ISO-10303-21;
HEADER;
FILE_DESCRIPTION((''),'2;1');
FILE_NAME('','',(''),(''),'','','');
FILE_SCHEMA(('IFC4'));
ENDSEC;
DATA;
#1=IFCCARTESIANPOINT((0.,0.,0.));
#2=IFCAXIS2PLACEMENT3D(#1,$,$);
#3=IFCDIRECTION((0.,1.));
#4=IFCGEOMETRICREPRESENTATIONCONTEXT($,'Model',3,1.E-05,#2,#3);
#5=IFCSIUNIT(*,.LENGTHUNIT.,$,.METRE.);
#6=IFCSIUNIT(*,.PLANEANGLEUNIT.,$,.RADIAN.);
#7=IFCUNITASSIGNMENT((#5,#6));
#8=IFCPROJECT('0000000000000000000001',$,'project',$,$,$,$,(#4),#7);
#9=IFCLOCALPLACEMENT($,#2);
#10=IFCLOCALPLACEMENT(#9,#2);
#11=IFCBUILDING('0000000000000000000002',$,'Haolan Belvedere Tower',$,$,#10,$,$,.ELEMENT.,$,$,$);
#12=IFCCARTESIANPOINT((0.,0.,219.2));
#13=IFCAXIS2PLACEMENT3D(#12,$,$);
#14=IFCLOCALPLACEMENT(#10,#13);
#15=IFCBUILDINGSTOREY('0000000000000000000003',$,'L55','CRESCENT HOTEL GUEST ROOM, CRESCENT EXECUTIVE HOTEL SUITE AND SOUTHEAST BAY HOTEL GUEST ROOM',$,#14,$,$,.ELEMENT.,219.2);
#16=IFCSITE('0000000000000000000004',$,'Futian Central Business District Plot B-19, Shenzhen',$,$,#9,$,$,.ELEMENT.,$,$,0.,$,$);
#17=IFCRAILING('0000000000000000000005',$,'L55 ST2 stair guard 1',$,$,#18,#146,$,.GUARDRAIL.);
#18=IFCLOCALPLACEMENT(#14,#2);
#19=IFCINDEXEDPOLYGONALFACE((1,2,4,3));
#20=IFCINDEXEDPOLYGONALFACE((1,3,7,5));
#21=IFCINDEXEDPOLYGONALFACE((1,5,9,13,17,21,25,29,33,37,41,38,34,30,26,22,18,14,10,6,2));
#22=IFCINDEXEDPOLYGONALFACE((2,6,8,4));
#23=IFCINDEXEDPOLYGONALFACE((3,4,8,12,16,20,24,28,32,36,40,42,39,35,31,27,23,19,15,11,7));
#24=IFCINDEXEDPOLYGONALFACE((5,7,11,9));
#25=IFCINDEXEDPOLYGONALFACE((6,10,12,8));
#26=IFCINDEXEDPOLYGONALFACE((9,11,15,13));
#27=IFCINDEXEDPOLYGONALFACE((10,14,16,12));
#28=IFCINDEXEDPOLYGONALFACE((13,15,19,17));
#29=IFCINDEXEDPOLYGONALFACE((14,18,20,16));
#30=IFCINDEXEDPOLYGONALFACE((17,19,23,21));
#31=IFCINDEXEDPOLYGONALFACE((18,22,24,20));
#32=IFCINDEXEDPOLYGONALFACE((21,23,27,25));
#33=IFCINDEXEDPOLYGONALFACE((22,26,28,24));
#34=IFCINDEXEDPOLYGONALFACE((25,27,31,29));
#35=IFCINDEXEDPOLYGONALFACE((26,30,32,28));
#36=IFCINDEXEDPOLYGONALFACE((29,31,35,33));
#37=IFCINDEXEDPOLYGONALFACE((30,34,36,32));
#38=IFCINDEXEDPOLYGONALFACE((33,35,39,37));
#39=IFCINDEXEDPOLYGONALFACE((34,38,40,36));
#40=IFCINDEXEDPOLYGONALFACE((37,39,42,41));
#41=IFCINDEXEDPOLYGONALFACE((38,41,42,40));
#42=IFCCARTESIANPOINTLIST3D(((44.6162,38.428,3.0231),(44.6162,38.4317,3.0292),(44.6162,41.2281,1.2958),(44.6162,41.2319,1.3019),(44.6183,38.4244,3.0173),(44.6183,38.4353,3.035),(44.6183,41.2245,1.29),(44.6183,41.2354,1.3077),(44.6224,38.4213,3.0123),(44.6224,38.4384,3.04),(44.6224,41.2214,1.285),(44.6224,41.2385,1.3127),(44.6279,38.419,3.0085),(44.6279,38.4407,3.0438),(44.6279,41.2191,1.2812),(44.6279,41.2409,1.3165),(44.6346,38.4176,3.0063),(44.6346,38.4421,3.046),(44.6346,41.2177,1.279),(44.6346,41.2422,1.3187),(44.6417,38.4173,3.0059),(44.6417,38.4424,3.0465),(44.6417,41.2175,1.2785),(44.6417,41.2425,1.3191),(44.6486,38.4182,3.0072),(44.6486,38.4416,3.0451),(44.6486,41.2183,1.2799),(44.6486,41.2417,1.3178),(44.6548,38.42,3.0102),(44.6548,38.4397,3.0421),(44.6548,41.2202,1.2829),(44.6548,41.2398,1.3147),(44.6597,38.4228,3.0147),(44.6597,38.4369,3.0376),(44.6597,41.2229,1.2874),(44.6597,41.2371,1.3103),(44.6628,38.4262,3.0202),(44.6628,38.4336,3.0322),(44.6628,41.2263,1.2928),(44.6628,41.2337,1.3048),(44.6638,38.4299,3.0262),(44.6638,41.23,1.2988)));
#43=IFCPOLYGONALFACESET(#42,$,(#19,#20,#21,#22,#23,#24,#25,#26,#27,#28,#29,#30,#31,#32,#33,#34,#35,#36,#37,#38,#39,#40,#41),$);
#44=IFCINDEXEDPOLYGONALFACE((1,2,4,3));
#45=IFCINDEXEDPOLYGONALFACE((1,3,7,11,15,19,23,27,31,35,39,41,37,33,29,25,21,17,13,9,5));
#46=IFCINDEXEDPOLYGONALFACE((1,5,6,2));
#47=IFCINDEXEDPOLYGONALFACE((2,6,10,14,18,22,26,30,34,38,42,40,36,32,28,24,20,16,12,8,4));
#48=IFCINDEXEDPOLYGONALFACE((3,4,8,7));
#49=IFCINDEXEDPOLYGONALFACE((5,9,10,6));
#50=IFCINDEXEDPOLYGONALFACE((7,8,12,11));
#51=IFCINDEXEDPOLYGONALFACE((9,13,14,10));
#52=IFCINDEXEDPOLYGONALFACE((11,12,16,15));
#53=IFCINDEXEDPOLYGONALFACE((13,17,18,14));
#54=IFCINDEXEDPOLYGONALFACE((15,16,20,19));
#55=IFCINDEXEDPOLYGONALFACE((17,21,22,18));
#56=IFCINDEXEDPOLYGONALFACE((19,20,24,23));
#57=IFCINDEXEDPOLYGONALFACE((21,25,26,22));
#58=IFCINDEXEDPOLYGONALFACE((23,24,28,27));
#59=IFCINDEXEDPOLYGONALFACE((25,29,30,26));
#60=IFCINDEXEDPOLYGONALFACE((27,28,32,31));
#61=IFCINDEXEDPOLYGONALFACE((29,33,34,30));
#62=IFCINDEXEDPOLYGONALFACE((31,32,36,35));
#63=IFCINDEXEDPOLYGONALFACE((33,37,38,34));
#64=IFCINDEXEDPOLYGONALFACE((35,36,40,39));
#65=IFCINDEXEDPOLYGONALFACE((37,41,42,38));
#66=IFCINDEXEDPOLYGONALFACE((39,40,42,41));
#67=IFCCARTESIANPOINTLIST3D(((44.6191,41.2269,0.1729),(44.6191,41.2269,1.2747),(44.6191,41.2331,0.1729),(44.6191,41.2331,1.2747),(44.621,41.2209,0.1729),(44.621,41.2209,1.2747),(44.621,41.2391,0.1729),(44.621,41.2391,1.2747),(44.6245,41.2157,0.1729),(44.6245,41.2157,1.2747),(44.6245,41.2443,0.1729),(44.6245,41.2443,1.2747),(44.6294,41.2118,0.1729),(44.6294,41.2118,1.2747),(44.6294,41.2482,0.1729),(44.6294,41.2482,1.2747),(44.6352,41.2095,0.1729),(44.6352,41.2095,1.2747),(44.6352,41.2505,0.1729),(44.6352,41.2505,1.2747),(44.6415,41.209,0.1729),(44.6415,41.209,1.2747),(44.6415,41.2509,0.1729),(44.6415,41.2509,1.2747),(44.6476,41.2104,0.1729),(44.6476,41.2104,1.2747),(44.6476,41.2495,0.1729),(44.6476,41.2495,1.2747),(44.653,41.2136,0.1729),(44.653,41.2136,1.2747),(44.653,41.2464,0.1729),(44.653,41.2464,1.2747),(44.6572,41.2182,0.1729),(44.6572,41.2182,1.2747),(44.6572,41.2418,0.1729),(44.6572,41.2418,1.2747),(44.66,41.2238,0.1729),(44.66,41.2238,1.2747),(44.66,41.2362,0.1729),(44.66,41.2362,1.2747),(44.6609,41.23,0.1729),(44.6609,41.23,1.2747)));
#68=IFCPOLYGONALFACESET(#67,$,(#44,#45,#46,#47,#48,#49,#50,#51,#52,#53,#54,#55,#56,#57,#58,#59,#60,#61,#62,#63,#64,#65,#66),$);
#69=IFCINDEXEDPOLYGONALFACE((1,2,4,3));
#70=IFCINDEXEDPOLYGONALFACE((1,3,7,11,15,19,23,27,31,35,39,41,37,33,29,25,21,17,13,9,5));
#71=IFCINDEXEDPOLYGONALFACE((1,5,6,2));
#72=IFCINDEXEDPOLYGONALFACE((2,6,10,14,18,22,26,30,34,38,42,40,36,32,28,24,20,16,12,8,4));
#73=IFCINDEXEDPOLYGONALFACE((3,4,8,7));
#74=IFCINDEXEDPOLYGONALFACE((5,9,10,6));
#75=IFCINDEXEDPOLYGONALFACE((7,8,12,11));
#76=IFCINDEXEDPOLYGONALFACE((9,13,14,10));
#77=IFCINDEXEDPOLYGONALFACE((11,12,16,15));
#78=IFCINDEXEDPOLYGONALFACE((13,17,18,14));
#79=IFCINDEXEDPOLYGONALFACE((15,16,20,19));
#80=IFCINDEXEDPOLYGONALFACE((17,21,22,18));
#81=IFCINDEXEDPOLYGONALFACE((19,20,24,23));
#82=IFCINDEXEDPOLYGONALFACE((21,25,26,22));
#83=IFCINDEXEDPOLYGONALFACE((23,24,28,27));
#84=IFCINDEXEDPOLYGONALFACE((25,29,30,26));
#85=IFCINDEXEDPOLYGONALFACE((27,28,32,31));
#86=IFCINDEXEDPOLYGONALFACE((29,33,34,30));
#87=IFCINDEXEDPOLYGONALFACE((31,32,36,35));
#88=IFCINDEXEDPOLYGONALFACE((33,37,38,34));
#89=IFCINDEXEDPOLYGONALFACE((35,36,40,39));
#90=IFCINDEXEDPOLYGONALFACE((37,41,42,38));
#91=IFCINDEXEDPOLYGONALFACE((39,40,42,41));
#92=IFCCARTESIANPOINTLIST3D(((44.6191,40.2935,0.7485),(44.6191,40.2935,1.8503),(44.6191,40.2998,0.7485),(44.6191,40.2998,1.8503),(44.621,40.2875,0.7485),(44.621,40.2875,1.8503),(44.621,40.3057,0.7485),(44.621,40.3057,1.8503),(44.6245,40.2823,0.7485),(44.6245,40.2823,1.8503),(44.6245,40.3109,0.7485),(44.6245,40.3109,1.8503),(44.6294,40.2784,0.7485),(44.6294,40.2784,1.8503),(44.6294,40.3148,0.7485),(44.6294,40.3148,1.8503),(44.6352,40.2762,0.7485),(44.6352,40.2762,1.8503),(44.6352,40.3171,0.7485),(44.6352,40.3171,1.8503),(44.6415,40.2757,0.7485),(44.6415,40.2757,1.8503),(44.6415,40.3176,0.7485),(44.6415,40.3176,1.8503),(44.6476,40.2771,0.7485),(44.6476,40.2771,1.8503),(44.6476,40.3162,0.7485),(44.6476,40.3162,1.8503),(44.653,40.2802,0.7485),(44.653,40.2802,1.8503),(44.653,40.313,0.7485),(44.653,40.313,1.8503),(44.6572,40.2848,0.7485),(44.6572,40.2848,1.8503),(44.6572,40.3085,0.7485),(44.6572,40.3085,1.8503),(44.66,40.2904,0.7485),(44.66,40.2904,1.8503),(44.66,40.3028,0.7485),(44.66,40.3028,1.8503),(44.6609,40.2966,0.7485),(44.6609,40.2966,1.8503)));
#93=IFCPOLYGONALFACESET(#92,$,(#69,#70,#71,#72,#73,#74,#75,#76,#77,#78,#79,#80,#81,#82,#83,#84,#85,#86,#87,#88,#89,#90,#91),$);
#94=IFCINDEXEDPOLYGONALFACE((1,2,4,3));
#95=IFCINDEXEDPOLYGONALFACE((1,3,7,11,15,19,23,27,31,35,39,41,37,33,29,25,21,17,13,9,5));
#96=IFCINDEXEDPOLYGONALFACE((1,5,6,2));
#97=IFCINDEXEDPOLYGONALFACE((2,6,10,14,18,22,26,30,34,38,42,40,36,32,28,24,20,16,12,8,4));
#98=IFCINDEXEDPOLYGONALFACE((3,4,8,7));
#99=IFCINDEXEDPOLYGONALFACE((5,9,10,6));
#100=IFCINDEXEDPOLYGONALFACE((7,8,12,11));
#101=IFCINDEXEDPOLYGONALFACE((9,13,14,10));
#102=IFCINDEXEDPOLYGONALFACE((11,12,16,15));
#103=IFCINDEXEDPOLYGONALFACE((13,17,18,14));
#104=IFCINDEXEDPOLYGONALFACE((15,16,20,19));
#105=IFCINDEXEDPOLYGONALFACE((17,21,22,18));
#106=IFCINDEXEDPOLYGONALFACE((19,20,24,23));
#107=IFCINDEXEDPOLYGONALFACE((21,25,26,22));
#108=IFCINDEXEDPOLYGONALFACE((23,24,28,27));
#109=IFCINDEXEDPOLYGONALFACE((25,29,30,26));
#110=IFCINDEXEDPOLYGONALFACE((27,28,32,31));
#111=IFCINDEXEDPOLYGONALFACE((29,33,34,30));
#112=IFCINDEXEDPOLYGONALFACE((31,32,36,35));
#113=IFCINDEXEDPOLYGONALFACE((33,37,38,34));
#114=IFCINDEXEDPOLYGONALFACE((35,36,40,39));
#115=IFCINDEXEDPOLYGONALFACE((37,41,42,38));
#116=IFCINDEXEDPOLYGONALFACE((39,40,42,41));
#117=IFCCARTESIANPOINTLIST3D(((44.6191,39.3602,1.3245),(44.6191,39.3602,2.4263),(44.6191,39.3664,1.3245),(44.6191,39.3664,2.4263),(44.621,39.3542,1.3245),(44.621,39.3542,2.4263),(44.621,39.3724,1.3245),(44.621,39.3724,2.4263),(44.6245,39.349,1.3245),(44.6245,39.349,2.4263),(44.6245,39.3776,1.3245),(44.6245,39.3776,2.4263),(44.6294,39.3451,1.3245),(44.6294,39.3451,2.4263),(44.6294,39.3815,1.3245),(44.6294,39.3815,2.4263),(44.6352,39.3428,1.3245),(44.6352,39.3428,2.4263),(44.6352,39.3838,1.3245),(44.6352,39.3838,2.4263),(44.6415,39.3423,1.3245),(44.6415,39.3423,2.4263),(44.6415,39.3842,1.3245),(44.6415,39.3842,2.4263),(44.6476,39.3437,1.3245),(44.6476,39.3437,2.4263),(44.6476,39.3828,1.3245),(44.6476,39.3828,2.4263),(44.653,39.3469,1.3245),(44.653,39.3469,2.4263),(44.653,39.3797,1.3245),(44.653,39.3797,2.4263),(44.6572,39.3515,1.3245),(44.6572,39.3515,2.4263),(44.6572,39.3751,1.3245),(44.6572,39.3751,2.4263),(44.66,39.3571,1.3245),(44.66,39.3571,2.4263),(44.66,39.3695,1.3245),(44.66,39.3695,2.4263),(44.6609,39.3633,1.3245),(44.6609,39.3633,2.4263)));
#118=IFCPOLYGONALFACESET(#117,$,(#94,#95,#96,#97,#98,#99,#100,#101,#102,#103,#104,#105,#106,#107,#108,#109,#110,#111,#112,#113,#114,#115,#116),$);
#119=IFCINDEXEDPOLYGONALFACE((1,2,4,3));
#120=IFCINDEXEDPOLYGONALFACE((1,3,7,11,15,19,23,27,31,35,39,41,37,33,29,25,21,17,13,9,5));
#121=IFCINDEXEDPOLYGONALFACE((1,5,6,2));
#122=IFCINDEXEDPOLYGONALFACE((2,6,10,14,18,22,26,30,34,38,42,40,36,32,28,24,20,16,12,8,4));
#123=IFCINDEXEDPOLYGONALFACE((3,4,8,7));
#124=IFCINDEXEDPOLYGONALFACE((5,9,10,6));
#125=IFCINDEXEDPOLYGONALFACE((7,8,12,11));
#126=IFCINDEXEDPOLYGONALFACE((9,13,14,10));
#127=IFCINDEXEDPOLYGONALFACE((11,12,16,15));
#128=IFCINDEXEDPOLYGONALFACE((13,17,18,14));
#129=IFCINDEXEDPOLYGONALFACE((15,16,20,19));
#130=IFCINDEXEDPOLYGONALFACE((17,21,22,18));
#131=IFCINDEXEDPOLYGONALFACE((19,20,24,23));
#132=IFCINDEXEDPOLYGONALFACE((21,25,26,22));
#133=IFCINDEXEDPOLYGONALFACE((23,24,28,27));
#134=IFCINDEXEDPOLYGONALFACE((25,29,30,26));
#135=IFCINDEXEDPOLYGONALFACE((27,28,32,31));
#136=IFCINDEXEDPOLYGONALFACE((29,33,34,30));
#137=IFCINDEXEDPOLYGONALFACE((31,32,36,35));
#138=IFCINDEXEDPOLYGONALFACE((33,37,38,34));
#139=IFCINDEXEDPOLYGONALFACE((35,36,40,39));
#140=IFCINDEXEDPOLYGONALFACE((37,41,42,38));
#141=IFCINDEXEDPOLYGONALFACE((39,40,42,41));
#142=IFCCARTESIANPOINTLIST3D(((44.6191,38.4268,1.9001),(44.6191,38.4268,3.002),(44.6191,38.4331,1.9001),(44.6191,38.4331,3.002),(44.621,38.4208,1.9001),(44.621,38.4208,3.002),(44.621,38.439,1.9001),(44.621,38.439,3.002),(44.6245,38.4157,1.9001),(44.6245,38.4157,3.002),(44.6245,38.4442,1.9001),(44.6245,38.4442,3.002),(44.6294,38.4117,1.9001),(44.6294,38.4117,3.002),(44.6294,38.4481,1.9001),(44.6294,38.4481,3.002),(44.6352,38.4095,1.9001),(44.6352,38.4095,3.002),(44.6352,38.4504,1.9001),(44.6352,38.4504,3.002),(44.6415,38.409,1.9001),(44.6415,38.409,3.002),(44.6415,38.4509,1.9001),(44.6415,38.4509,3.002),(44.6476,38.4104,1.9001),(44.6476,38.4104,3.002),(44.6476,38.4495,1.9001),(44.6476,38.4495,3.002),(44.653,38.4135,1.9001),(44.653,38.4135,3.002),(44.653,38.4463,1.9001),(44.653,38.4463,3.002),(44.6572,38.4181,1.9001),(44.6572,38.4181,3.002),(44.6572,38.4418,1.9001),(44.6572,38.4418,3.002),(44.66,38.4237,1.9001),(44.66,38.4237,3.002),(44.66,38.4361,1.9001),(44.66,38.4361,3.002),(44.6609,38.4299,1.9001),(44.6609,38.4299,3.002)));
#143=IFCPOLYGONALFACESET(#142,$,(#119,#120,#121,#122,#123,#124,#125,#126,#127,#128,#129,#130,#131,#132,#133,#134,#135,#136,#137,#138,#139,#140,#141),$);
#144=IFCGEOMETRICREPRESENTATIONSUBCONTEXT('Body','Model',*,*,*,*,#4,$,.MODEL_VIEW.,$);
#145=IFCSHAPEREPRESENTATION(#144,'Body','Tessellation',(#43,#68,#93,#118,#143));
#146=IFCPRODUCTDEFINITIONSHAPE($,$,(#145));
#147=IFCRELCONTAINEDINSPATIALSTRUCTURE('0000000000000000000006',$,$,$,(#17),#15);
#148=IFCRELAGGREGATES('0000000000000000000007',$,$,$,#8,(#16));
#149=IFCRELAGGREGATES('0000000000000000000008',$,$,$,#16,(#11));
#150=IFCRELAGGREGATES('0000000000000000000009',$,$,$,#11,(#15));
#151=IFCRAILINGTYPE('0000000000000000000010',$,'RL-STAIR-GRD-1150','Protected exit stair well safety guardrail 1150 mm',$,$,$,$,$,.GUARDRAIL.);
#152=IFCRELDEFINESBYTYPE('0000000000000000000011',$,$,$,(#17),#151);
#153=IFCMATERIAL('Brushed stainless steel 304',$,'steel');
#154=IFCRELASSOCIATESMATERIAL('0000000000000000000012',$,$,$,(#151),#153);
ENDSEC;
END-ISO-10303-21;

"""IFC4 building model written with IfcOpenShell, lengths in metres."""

from ifc_helpers import new_model, si_unit, direction, frame, origin, origin_2d, place, context, subcontext, project, spatial, circle, extrude, material, type_object, element, save


model = new_model("IFC4")

# Units and contexts
model_context = context("Model", 3, precision=1e-05, world=origin(), true_north=direction((0.0, 1.0)))
body_context = subcontext(model_context, "Body", "Model", "MODEL_VIEW")
ifc_project = project(units=[si_unit("LENGTHUNIT", "METRE"), si_unit("PLANEANGLEUNIT", "RADIAN")], contexts=[model_context])

# Site, building, storey
site_placement = place(None, origin())
site = spatial("IfcSite", under=ifc_project, at=site_placement, Name="Futian Central Business District Plot B-19, Shenzhen", CompositionType="ELEMENT", RefElevation=0.0)
building_placement = place(site_placement, origin())
building = spatial("IfcBuilding", under=site, at=building_placement, Name="Haolan Belvedere Tower", CompositionType="ELEMENT")
storey_placement = place(building_placement, frame((0.0, 0.0, 219.2)))
storey = spatial("IfcBuildingStorey", under=building, at=storey_placement, Name="L55", Description="CRESCENT HOTEL GUEST ROOM, CRESCENT EXECUTIVE HOTEL SUITE AND SOUTHEAST BAY HOTEL GUEST ROOM", CompositionType="ELEMENT", Elevation=219.2)

# Railing
ifc_material_1 = material(Name="Brushed stainless steel 304", Category="steel")
railing_type_1 = type_object("IfcRailingType", Name="RL-STAIR-GRD-1150", Description="Protected exit stair well safety guardrail 1150 mm", PredefinedType="GUARDRAIL", material=ifc_material_1)
railing_1_placement = place(storey_placement, frame((44.6399, 41.23, 0.1729)))
element("IfcRailing", 1, at=railing_1_placement, inside=storey, type_object=railing_type_1, Name="L55 ST2 stair guard 1", PredefinedType="GUARDRAIL", context=body_context, shape_type="SweptSolid", body=[
    extrude(circle(Radius=0.0239, at=origin_2d()), frame((0.0, 0.0, 1.126), z_axis=(0.0, -0.85109, 0.52502), x_axis=(1.0, 0.0, 0.0)), (0.0, 0.0, 1.0), 3.29),
    extrude(circle(Radius=0.021, at=origin_2d()), origin(), (0.0, 0.0, 1.0), 1.1018),
    extrude(circle(Radius=0.021, at=origin_2d()), frame((0.0, -0.9333, 0.5757)), (0.0, 0.0, 1.0), 1.1018),
    extrude(circle(Radius=0.021, at=origin_2d()), frame((0.0, -1.8667, 1.1516)), (0.0, 0.0, 1.0), 1.1018),
    extrude(circle(Radius=0.021, at=origin_2d()), frame((0.0, -2.8, 1.7273)), (0.0, 0.0, 1.0), 1.1018),
])

save(model, "model.ifc")
